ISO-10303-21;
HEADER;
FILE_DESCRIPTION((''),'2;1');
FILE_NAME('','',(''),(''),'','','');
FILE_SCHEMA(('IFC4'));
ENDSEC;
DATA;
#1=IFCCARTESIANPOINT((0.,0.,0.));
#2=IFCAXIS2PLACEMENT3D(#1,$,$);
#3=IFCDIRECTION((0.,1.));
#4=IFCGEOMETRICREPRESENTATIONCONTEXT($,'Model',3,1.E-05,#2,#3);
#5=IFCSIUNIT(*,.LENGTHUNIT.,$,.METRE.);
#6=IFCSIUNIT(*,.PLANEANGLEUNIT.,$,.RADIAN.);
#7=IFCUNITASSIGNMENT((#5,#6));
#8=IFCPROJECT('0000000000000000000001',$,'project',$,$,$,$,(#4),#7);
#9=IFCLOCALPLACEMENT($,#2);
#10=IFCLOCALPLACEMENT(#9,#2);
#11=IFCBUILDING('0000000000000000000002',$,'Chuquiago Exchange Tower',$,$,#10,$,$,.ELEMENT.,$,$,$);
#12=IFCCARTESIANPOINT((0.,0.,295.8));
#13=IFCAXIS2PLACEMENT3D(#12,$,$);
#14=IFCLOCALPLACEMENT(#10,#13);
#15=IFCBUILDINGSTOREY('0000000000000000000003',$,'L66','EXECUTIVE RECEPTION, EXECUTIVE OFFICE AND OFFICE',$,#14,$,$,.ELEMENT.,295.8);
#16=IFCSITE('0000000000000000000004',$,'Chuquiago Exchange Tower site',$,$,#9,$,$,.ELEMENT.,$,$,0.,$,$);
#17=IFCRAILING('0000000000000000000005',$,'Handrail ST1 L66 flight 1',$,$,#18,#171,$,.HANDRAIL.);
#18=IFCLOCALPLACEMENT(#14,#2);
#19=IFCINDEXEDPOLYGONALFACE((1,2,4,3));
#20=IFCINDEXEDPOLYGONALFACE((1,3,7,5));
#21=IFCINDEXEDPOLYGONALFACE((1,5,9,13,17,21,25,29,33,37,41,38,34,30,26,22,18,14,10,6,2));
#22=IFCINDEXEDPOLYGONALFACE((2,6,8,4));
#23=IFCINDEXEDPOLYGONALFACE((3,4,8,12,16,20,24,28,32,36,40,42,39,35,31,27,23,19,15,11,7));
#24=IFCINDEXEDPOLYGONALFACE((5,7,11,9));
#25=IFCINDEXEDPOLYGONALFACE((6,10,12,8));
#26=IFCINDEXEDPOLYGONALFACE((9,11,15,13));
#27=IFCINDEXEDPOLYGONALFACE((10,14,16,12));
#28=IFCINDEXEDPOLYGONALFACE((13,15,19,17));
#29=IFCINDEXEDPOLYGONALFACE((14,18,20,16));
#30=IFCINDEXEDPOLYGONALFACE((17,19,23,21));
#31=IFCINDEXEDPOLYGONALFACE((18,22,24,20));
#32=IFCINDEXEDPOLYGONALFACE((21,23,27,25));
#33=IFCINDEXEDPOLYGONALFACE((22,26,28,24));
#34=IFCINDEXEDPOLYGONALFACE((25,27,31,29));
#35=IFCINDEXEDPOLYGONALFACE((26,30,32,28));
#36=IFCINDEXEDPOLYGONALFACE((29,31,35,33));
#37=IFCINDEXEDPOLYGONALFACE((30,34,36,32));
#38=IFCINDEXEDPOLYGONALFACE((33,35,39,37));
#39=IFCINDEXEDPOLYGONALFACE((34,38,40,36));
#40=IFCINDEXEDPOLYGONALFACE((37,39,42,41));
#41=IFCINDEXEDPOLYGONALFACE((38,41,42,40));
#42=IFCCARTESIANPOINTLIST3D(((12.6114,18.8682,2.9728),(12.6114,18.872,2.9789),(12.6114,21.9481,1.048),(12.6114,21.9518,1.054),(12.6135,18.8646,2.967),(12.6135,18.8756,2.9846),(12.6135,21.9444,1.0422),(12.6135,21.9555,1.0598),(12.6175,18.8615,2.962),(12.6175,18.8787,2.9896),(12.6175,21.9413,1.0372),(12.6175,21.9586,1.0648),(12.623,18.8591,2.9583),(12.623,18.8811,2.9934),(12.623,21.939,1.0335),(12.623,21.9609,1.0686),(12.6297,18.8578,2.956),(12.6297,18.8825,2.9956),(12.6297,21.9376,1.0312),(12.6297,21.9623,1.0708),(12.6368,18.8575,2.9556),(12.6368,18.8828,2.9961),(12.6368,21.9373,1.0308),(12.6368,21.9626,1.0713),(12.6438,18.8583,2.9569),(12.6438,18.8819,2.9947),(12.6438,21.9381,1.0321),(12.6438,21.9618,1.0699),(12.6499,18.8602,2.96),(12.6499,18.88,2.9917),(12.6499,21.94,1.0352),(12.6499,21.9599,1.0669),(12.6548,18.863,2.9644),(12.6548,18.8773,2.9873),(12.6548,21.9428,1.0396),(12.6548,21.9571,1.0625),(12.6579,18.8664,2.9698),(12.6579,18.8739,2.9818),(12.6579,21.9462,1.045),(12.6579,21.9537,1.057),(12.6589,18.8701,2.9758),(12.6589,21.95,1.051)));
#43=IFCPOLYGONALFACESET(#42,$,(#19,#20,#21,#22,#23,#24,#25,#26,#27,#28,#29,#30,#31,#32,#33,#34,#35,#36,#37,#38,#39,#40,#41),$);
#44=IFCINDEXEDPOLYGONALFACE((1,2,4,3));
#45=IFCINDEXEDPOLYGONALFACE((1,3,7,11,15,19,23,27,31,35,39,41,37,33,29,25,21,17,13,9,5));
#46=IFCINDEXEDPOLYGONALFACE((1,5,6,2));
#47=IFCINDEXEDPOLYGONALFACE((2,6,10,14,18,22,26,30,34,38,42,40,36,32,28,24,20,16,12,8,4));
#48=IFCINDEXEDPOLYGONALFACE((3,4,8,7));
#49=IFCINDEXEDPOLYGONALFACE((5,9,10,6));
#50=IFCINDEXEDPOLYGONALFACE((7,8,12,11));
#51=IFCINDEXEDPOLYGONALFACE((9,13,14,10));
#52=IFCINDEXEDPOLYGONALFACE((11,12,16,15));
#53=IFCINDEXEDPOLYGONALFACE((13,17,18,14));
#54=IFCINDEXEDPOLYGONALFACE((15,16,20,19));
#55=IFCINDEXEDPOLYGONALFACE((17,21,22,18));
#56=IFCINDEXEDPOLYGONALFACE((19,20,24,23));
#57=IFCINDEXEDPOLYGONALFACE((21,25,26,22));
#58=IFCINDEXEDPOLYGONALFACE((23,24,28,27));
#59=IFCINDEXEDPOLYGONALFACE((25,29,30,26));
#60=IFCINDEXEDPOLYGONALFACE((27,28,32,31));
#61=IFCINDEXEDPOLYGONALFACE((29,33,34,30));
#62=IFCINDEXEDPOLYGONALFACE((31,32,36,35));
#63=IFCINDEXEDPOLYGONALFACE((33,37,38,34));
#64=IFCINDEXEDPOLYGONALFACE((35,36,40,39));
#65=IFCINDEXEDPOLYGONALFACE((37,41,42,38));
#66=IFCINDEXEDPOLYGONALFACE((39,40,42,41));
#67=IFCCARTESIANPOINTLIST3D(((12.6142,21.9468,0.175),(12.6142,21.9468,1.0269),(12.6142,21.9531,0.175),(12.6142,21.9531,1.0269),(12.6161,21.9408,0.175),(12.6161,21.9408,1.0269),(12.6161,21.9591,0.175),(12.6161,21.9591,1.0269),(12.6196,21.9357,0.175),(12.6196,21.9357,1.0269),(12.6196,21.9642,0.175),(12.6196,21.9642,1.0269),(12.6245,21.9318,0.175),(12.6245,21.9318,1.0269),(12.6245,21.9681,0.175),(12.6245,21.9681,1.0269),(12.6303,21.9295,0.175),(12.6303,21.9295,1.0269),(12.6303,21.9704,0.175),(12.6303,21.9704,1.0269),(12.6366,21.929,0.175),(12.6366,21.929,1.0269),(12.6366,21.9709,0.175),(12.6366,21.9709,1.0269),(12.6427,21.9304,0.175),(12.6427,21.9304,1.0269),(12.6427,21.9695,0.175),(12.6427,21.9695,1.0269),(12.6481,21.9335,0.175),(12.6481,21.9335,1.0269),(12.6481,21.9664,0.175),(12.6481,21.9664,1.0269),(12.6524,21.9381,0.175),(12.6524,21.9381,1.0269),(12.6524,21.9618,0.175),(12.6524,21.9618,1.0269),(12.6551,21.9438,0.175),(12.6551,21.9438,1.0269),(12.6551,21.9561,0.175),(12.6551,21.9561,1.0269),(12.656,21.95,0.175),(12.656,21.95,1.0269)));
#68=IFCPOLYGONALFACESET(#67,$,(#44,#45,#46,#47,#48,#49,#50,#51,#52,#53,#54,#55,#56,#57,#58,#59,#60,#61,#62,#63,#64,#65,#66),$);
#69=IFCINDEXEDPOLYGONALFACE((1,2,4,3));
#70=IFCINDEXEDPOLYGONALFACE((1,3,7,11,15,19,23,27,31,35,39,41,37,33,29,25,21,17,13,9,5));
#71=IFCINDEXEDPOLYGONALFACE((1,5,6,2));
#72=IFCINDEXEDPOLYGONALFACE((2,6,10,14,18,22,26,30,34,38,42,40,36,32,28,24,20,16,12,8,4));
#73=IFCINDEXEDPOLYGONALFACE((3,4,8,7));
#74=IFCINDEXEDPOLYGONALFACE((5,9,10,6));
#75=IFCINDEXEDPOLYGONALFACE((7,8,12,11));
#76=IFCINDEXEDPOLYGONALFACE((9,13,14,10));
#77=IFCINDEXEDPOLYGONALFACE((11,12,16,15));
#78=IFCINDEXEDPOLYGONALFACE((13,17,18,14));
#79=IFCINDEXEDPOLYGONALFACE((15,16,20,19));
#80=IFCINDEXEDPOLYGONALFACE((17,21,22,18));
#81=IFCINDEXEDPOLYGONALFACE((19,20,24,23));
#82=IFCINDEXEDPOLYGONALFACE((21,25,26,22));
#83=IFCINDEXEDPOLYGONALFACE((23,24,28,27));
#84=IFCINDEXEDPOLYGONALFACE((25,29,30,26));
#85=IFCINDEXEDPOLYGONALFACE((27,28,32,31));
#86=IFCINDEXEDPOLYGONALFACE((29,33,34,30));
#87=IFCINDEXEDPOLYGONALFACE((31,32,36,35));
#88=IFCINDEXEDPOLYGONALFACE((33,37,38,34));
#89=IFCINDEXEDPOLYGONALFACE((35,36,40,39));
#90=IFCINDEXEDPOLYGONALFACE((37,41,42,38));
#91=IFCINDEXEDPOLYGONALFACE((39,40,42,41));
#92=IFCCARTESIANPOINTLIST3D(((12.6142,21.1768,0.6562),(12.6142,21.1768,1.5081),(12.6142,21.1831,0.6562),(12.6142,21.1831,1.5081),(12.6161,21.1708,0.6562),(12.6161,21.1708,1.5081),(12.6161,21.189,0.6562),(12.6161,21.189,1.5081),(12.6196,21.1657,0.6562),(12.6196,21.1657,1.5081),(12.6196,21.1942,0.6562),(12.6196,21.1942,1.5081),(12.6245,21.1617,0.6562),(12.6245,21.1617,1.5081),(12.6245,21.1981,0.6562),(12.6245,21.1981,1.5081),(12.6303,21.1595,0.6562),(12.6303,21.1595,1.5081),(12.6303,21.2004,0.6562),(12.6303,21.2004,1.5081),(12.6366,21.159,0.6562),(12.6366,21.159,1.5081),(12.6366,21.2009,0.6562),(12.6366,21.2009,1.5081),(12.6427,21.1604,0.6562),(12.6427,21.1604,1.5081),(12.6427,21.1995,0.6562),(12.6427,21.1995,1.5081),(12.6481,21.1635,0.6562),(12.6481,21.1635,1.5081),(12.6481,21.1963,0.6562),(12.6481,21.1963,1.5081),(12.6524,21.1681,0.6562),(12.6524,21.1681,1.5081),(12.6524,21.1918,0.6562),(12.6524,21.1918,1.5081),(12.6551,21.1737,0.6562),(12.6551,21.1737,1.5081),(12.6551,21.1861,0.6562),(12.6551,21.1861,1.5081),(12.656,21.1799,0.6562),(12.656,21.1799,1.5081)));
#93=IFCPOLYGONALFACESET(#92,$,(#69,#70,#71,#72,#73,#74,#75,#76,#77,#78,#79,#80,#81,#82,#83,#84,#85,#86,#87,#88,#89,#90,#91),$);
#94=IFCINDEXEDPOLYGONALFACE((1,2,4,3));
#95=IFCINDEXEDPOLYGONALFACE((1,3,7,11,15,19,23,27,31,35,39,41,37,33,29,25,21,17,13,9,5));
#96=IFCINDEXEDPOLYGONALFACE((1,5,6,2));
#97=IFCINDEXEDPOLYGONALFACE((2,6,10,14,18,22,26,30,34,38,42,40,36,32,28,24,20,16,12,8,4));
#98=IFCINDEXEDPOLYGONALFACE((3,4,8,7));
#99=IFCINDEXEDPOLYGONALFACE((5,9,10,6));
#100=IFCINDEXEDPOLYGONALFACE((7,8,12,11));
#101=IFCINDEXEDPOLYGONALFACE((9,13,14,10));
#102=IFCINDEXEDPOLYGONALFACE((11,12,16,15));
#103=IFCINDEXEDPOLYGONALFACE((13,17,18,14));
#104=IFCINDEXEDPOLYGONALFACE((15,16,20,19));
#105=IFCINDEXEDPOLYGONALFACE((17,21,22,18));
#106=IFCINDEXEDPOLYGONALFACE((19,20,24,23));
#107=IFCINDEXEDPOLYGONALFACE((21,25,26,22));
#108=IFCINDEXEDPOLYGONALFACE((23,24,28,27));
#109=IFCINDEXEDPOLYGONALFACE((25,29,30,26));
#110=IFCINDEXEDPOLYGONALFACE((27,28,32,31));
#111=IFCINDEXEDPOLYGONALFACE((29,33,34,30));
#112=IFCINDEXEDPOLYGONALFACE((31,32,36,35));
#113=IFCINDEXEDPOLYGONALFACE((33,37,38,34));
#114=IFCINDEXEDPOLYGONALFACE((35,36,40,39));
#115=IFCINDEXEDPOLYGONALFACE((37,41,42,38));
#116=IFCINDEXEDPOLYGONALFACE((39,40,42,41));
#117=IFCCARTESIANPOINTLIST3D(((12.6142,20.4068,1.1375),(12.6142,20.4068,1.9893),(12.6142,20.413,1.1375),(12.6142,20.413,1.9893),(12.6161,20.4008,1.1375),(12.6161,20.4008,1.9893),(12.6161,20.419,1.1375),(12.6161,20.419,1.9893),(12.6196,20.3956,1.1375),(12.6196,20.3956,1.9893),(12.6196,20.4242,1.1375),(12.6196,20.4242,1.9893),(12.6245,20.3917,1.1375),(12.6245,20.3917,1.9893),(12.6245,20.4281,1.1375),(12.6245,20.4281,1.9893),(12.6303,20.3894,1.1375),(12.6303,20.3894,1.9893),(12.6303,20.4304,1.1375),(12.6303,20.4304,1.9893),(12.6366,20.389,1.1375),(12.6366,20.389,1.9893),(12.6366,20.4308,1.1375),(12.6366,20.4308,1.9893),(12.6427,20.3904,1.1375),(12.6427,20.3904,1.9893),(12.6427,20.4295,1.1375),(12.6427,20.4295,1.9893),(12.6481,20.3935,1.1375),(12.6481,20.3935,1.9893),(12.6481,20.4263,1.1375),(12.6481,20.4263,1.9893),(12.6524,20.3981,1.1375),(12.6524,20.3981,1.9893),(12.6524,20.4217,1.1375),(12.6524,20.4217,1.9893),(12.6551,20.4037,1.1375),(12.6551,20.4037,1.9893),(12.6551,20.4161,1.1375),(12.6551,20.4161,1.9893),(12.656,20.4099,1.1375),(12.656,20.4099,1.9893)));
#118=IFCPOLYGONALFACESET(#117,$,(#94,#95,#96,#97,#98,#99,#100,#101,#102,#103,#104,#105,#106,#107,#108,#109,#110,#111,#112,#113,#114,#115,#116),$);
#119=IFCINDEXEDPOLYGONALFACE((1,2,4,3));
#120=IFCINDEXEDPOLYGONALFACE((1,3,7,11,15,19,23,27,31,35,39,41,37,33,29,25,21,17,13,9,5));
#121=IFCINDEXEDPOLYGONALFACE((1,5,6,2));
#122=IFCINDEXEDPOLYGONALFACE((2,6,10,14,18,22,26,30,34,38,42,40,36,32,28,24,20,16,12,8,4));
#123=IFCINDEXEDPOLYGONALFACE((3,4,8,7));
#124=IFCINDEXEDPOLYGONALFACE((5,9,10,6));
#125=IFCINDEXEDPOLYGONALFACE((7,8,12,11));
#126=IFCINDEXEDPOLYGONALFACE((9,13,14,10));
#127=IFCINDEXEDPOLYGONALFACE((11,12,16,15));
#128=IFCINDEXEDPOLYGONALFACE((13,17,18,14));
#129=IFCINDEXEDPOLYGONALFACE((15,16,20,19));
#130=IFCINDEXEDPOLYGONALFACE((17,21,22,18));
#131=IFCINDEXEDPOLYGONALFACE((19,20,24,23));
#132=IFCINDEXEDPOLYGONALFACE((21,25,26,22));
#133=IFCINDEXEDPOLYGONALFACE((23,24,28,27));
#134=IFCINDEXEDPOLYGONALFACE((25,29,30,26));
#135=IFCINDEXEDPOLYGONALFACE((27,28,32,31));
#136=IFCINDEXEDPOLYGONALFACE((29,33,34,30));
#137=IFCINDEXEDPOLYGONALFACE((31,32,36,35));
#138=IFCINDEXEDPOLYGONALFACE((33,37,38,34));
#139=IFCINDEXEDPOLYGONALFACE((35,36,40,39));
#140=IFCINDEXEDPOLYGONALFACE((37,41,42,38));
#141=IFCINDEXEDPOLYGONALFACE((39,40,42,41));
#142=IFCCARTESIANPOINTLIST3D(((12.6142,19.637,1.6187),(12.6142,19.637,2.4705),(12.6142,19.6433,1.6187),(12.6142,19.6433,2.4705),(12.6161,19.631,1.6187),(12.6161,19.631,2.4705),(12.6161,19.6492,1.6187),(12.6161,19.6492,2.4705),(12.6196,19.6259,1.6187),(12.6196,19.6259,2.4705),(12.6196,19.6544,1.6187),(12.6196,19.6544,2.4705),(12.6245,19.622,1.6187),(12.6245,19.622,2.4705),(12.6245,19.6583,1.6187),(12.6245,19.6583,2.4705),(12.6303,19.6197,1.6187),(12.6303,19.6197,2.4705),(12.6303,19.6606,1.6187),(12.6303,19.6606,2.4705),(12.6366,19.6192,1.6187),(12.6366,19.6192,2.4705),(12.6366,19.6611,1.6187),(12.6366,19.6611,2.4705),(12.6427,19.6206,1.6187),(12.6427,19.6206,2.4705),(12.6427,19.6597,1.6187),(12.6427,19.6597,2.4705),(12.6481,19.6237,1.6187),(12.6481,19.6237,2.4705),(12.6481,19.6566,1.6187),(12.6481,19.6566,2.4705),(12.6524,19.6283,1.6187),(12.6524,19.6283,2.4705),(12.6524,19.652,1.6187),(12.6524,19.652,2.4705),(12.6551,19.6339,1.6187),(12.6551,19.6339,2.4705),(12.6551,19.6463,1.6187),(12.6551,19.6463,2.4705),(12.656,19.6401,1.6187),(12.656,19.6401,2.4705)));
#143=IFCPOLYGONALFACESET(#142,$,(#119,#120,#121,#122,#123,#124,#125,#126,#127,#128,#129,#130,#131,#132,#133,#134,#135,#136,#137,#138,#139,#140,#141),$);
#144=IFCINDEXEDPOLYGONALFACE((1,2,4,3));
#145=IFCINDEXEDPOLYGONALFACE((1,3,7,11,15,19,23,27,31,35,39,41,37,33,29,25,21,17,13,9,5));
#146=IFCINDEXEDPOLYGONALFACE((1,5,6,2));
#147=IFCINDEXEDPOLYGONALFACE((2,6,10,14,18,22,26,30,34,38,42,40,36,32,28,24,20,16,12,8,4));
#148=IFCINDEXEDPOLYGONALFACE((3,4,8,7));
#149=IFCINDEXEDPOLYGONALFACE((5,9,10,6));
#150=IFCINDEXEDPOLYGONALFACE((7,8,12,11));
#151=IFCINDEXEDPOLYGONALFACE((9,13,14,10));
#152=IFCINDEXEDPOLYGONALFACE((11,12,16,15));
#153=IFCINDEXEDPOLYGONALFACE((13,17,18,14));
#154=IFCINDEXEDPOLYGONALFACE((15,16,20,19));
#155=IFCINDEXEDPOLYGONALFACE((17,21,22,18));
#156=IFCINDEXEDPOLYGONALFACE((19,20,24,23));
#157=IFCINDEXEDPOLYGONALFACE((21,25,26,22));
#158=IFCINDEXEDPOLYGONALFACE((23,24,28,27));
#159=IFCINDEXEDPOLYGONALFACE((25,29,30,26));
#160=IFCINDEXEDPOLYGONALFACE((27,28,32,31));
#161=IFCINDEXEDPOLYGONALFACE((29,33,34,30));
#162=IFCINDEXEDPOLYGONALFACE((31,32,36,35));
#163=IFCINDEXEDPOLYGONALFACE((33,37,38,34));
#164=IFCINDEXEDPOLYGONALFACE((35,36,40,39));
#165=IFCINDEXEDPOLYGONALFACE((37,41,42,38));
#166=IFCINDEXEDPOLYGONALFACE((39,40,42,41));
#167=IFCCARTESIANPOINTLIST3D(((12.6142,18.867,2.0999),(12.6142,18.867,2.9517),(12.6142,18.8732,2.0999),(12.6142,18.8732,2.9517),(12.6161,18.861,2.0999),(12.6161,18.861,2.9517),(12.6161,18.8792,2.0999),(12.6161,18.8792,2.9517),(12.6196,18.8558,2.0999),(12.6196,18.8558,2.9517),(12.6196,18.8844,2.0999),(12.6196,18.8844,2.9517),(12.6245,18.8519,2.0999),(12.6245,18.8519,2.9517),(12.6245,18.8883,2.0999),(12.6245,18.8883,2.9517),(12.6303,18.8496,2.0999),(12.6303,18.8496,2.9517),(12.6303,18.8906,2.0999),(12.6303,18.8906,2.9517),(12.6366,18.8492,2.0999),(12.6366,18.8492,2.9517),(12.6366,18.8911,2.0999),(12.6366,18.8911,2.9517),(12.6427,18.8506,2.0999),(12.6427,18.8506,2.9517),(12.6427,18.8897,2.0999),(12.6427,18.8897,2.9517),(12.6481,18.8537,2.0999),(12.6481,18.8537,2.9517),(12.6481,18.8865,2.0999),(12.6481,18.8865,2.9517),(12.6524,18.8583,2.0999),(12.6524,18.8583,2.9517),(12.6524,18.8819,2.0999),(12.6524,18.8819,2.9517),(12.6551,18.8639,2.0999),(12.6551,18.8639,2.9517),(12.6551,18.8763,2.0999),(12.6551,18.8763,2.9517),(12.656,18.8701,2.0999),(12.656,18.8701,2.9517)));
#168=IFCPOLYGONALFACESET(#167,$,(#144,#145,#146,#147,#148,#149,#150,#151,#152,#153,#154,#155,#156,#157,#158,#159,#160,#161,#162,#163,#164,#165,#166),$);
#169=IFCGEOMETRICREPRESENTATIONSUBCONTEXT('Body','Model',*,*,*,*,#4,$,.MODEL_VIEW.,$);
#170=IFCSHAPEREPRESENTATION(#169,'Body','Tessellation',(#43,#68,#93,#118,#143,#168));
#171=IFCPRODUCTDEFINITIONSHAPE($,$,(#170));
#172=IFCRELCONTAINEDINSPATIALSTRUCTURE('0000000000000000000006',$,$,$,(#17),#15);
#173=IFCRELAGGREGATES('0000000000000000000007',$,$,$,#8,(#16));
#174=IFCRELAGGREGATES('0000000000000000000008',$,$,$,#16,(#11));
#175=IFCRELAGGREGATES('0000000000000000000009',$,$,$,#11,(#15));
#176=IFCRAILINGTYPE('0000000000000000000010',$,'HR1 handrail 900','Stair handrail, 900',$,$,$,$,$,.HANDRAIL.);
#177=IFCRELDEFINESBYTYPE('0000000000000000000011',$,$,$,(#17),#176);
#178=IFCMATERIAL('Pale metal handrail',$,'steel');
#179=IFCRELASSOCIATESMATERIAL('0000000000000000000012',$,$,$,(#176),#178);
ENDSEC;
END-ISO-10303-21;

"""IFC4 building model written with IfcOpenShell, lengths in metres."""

from ifc_helpers import new_model, si_unit, direction, frame, origin, origin_2d, place, context, subcontext, project, spatial, circle, extrude, material, type_object, element, save


model = new_model("IFC4")

# Units and contexts
model_context = context("Model", 3, precision=1e-05, world=origin(), true_north=direction((0.0, 1.0)))
body_context = subcontext(model_context, "Body", "Model", "MODEL_VIEW")
ifc_project = project(units=[si_unit("LENGTHUNIT", "METRE"), si_unit("PLANEANGLEUNIT", "RADIAN")], contexts=[model_context])

# Site, building, storey
site_placement = place(None, origin())
site = spatial("IfcSite", under=ifc_project, at=site_placement, Name="Chuquiago Exchange Tower site", CompositionType="ELEMENT", RefElevation=0.0)
building_placement = place(site_placement, origin())
building = spatial("IfcBuilding", under=site, at=building_placement, Name="Chuquiago Exchange Tower", CompositionType="ELEMENT")
storey_placement = place(building_placement, frame((0.0, 0.0, 295.8)))
storey = spatial("IfcBuildingStorey", under=building, at=storey_placement, Name="L66", Description="EXECUTIVE RECEPTION, EXECUTIVE OFFICE AND OFFICE", CompositionType="ELEMENT", Elevation=295.8)

# Railing
ifc_material_1 = material(Name="Pale metal handrail", Category="steel")
railing_type_1 = type_object("IfcRailingType", Name="HR1 handrail 900", Description="Stair handrail, 900", PredefinedType="HANDRAIL", material=ifc_material_1)
for number, where, name in (
    (1, (12.635, 21.95, 0.175), "Handrail ST1 L66 flight 1"),
):
    element("IfcRailing", number, at=place(storey_placement, frame(where)), inside=storey, type_object=railing_type_1, Name=name, PredefinedType="HANDRAIL", context=body_context, shape_type="SweptSolid", body=[
        extrude(circle(Radius=0.0239, at=origin_2d()), frame((0.0, 0.0, 0.876), z_axis=(0.0, -0.84801, 0.529981), x_axis=(1.0, 0.0, 0.0)), (0.0, 0.0, 1.0), 3.6318),
        extrude(circle(Radius=0.021, at=origin_2d()), origin(), (0.0, 0.0, 1.0), 0.8518),
        extrude(circle(Radius=0.021, at=origin_2d()), frame((0.0, -0.77, 0.4812)), (0.0, 0.0, 1.0), 0.8518),
        extrude(circle(Radius=0.021, at=origin_2d()), frame((0.0, -1.54, 0.9624)), (0.0, 0.0, 1.0), 0.8518),
        extrude(circle(Radius=0.021, at=origin_2d()), frame((0.0, -2.3098, 1.4436)), (0.0, 0.0, 1.0), 0.8518),
        extrude(circle(Radius=0.021, at=origin_2d()), frame((0.0, -3.0798, 1.9248)), (0.0, 0.0, 1.0), 0.8518),
    ])

save(model, "model.ifc")
